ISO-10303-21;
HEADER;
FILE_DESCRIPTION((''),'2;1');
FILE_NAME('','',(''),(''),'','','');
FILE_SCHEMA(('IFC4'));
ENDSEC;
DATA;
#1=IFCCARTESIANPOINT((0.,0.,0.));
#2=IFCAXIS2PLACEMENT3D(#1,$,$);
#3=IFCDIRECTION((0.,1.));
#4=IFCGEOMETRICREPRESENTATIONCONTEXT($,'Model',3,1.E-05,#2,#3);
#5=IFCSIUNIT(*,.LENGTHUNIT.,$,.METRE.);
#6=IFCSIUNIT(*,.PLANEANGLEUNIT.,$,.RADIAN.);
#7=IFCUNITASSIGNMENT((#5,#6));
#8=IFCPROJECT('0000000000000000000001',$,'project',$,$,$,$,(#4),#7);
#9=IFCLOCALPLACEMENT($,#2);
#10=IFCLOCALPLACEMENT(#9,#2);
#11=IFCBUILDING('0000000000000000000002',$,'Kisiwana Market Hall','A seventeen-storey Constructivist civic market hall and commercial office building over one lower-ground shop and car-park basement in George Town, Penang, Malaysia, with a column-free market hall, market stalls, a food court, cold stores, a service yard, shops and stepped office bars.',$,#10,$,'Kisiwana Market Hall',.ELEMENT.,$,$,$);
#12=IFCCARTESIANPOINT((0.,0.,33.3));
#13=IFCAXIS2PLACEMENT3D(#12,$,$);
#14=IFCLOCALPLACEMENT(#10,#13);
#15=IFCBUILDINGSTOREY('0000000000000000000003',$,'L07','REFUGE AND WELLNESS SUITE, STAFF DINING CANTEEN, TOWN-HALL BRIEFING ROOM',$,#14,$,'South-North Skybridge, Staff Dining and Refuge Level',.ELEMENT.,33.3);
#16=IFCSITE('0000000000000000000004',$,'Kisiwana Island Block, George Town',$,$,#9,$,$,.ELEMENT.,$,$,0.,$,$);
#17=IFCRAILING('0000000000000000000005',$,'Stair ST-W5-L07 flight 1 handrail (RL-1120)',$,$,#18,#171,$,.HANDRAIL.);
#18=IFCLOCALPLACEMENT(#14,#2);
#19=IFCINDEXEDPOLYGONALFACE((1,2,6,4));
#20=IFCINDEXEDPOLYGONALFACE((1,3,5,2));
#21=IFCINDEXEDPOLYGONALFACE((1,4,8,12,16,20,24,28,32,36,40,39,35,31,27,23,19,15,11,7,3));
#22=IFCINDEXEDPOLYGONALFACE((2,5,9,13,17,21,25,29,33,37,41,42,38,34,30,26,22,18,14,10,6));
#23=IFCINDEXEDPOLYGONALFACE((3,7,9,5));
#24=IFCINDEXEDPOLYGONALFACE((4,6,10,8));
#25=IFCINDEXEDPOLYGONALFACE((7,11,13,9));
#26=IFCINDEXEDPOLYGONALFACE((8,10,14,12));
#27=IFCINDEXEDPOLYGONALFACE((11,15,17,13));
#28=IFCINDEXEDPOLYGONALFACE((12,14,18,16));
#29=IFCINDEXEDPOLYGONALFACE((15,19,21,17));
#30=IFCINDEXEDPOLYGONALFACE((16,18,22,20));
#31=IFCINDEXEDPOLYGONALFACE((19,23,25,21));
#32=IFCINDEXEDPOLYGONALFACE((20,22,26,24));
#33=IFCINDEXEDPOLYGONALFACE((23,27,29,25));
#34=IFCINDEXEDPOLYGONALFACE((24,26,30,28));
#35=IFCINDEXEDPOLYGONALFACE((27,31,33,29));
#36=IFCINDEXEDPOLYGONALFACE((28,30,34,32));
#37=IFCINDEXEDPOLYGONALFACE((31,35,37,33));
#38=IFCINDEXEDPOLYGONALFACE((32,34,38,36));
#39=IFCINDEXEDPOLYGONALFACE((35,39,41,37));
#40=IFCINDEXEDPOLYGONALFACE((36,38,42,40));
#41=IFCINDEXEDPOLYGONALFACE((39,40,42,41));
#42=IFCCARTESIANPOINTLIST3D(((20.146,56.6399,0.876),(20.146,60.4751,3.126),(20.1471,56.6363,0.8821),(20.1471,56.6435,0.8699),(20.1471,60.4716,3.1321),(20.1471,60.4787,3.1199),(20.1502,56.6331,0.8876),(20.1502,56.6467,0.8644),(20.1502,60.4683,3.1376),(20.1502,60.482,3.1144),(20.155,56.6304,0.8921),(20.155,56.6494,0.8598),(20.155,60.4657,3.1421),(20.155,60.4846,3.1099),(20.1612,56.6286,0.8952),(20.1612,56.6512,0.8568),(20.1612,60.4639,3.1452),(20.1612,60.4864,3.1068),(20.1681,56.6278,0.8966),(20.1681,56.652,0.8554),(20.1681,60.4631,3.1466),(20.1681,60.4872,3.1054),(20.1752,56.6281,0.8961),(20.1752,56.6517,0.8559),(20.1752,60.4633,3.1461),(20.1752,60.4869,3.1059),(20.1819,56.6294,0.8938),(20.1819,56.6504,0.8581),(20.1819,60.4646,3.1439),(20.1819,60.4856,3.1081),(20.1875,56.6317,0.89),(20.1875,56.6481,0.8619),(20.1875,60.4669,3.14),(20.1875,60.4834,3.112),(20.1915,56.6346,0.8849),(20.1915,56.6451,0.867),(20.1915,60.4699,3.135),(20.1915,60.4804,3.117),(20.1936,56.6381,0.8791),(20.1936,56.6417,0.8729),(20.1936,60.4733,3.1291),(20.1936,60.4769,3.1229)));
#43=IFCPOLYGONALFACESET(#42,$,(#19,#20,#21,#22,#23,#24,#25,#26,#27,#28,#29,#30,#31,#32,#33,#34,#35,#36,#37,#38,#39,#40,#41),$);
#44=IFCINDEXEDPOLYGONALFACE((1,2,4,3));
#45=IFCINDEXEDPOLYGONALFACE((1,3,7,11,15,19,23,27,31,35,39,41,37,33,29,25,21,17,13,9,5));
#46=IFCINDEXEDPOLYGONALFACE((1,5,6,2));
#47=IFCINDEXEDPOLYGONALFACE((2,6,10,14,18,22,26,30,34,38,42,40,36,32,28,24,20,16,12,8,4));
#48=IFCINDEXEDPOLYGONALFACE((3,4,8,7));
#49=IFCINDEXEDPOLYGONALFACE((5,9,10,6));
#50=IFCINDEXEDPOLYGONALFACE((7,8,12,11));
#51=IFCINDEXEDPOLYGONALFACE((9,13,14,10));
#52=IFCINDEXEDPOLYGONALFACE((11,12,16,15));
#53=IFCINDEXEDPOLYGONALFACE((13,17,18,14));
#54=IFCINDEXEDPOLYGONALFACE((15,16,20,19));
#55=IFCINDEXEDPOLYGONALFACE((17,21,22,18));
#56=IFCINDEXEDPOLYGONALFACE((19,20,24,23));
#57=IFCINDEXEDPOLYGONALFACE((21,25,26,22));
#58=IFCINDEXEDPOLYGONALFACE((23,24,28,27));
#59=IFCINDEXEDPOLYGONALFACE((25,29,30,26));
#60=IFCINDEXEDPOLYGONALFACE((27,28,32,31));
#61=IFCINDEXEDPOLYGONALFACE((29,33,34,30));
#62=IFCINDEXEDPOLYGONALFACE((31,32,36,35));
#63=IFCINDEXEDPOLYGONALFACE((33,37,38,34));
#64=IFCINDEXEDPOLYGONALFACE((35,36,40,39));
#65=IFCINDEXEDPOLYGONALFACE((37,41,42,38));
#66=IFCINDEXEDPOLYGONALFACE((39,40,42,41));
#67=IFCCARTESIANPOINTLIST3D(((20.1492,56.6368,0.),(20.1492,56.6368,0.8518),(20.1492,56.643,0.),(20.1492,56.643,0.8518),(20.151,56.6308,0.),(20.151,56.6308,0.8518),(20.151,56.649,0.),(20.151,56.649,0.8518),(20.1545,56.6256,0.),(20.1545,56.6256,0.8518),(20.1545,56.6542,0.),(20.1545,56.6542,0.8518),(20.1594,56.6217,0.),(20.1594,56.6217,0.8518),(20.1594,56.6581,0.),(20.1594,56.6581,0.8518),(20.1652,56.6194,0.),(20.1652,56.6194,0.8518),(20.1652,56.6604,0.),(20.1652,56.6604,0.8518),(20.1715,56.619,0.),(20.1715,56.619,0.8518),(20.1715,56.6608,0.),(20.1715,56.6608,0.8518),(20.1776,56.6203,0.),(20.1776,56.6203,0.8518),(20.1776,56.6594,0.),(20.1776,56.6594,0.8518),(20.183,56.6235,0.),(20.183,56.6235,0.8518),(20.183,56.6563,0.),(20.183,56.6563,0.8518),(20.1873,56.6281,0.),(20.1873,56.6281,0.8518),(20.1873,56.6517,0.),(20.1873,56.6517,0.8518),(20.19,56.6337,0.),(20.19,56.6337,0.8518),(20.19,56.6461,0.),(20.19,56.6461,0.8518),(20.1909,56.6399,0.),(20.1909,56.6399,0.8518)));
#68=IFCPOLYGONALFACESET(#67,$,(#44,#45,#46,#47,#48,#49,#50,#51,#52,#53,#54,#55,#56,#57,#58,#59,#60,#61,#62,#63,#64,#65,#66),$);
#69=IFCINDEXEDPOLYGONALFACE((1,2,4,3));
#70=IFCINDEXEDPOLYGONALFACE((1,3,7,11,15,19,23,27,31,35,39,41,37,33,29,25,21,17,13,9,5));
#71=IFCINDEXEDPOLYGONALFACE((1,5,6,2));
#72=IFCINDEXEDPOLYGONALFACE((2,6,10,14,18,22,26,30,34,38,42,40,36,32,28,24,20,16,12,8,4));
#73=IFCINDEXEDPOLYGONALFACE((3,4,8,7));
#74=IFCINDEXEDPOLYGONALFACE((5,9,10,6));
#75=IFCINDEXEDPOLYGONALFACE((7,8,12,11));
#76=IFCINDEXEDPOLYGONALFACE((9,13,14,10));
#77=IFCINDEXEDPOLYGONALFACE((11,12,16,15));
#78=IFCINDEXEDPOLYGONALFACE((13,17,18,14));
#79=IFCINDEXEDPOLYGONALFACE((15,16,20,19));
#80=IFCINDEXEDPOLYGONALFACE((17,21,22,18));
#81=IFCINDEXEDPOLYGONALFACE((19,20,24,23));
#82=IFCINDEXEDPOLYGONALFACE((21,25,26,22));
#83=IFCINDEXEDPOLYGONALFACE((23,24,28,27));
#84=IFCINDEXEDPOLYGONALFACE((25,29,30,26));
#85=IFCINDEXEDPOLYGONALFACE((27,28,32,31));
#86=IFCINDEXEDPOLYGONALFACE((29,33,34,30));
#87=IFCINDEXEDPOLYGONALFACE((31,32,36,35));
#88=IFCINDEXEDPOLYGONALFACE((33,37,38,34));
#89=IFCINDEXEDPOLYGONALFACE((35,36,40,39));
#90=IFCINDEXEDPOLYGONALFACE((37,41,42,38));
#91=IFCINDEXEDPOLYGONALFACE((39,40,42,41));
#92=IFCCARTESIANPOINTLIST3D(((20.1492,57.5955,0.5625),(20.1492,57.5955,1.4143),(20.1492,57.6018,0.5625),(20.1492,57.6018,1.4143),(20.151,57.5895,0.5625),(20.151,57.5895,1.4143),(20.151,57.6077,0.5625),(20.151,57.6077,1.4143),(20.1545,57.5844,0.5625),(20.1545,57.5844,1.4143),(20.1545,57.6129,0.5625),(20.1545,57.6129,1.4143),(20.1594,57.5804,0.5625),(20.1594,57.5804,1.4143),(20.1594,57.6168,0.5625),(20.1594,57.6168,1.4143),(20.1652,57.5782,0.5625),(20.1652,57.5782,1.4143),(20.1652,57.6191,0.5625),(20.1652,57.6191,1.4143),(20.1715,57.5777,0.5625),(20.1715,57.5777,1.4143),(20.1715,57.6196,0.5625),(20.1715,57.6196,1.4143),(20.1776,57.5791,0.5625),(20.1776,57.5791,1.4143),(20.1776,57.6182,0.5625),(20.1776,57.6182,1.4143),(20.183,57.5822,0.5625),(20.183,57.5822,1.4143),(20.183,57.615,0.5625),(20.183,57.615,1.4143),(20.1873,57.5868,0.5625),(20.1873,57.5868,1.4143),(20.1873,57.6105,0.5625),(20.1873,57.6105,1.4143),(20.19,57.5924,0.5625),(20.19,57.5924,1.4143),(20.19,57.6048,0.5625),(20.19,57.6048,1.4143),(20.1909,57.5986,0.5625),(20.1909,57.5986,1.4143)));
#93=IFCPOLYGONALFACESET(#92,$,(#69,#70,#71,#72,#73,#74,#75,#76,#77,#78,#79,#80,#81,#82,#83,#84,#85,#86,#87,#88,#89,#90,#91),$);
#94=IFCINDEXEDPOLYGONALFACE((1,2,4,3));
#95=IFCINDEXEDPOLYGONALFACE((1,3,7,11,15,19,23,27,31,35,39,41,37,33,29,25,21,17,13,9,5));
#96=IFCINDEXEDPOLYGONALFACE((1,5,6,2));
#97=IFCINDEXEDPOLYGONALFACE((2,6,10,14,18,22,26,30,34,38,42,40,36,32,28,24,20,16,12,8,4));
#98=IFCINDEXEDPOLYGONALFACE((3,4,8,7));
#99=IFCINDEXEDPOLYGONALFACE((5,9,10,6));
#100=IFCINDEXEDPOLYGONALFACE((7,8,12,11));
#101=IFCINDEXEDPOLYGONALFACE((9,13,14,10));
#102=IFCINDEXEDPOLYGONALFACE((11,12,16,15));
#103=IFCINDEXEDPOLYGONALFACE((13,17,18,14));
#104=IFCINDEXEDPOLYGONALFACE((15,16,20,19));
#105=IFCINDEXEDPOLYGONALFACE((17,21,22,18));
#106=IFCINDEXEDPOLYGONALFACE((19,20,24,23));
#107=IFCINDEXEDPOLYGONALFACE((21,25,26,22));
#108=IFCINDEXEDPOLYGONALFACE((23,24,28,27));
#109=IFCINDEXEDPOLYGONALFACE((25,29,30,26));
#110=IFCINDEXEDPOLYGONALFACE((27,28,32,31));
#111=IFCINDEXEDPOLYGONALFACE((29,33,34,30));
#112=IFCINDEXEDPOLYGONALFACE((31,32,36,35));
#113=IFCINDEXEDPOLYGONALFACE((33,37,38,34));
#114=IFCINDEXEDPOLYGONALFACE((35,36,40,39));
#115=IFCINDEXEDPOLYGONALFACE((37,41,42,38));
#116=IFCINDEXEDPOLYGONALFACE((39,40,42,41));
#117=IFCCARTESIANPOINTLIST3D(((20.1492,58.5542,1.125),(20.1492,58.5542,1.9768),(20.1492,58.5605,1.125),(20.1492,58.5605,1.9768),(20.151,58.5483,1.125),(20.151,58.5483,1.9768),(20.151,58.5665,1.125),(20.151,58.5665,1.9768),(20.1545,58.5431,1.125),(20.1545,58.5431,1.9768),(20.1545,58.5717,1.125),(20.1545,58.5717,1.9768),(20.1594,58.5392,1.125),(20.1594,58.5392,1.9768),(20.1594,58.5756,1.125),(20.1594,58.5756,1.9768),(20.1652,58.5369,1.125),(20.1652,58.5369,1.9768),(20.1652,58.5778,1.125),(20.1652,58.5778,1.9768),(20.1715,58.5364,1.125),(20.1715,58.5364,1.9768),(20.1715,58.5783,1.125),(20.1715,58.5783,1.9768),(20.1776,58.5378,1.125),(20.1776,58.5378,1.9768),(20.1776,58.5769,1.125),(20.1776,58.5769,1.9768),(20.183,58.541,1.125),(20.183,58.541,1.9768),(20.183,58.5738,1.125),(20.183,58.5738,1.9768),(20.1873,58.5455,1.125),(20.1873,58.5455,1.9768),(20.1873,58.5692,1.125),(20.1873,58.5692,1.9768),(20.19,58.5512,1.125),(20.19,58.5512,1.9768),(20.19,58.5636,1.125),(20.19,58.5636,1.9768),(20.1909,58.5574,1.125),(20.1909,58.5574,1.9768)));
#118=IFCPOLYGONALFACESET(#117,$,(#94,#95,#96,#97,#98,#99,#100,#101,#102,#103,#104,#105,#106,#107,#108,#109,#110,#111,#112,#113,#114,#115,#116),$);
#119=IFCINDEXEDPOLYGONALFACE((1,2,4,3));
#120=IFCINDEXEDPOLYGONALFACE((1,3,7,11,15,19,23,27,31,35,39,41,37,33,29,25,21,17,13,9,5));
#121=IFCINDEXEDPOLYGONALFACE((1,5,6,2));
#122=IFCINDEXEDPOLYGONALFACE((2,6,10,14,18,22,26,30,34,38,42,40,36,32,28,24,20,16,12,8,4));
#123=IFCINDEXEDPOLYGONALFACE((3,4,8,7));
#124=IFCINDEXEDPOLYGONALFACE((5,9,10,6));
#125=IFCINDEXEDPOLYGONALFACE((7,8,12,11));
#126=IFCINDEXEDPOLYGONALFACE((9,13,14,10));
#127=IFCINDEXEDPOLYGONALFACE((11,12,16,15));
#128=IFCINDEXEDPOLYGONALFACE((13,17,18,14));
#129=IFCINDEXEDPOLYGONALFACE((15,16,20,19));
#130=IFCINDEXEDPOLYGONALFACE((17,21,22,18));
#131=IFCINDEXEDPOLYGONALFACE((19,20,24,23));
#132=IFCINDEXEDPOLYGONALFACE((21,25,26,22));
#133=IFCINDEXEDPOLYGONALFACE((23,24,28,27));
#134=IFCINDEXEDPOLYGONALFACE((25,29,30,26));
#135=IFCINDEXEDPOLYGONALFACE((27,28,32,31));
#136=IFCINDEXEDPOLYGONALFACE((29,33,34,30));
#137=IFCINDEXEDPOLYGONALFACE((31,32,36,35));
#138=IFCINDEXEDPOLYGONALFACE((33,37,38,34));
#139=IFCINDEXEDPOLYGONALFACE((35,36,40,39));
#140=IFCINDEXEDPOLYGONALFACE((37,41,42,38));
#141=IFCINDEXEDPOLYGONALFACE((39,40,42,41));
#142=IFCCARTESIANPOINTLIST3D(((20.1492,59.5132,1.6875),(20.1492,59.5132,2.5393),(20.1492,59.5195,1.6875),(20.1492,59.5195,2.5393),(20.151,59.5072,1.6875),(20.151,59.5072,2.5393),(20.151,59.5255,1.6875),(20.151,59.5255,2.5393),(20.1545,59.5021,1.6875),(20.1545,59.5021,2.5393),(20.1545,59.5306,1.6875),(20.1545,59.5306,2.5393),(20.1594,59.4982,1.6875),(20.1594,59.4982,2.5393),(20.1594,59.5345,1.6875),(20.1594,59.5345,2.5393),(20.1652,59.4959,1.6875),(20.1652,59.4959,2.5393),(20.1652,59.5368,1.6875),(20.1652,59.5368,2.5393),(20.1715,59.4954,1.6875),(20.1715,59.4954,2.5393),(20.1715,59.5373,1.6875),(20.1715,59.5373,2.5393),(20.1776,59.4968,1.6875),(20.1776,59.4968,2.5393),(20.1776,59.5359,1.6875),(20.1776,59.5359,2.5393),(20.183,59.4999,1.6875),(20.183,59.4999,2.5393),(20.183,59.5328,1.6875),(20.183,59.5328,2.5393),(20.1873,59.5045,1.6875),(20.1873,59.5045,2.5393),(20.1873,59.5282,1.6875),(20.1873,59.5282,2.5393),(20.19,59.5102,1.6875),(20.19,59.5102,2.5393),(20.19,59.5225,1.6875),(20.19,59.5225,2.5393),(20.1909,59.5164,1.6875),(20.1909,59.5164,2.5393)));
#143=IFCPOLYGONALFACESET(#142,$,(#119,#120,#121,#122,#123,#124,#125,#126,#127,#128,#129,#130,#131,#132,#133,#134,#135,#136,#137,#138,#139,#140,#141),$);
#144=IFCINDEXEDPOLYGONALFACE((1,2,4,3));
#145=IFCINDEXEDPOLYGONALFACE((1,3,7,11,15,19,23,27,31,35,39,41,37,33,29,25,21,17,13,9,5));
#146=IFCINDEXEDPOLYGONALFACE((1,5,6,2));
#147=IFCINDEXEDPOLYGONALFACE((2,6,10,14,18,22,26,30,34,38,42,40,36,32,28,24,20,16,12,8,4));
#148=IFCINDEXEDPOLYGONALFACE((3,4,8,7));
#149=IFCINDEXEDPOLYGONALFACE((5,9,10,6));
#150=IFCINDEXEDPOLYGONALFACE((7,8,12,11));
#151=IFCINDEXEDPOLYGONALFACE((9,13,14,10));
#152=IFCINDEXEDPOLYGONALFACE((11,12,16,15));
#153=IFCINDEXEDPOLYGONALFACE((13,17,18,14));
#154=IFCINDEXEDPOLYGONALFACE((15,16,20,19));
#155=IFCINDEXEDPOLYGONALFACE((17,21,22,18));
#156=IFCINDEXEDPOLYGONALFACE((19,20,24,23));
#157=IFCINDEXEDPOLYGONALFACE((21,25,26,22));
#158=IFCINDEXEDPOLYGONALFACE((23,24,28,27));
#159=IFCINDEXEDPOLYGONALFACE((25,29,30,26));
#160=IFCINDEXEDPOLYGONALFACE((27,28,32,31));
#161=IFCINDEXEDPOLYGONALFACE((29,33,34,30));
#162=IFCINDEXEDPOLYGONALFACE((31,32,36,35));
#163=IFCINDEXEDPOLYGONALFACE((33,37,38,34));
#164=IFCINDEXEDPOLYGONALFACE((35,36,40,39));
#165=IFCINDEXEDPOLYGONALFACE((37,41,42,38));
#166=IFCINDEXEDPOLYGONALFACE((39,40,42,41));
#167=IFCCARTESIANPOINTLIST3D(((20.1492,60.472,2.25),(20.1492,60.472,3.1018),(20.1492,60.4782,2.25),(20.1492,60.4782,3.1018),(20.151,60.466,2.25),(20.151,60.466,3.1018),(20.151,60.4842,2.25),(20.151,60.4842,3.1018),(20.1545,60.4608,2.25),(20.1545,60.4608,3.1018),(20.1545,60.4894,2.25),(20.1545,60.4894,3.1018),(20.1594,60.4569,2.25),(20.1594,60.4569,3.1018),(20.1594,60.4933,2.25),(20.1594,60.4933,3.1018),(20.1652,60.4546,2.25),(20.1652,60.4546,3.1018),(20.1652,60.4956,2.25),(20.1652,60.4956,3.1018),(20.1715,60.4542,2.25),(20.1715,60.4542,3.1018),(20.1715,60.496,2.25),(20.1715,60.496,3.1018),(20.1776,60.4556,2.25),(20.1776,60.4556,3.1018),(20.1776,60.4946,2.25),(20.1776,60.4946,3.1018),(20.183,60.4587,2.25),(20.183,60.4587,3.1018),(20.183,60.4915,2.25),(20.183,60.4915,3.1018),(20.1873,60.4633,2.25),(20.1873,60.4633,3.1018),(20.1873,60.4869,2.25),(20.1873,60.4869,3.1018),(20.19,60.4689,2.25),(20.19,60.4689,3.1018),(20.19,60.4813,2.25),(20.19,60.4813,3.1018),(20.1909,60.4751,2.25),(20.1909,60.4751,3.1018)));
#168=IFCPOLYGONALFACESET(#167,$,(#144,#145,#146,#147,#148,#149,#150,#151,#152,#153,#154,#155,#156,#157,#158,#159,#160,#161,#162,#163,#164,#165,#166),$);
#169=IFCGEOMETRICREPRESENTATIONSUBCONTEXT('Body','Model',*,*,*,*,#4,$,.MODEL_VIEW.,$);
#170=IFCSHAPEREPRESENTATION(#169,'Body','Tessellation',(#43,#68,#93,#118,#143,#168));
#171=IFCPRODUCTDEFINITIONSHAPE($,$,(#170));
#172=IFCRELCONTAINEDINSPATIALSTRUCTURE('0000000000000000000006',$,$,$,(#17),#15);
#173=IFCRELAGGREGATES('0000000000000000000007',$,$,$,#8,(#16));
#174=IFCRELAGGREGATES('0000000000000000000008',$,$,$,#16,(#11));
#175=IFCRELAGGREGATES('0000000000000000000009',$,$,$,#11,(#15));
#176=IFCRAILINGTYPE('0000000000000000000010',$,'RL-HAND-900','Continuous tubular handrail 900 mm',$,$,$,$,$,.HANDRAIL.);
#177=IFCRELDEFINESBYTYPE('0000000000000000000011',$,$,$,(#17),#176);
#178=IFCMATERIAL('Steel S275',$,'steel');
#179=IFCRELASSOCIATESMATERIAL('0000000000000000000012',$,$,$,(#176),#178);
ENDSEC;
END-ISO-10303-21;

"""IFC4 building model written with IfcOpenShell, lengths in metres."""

from ifc_helpers import new_model, si_unit, direction, frame, origin, origin_2d, place, context, subcontext, project, spatial, circle, extrude, material, type_object, element, save


model = new_model("IFC4")

# Units and contexts
model_context = context("Model", 3, precision=1e-05, world=origin(), true_north=direction((0.0, 1.0)))
body_context = subcontext(model_context, "Body", "Model", "MODEL_VIEW")
ifc_project = project(units=[si_unit("LENGTHUNIT", "METRE"), si_unit("PLANEANGLEUNIT", "RADIAN")], contexts=[model_context])

# Site, building, storey
site_placement = place(None, origin())
site = spatial("IfcSite", under=ifc_project, at=site_placement, Name="Kisiwana Island Block, George Town", CompositionType="ELEMENT", RefElevation=0.0)
building_placement = place(site_placement, origin())
building = spatial("IfcBuilding", under=site, at=building_placement, Name="Kisiwana Market Hall", Description="A seventeen-storey Constructivist civic market hall and commercial office building over one lower-ground shop and car-park basement in George Town, Penang, Malaysia, with a column-free market hall, market stalls, a food court, cold stores, a service yard, shops and stepped office bars.", LongName="Kisiwana Market Hall", CompositionType="ELEMENT")
storey_placement = place(building_placement, frame((0.0, 0.0, 33.3)))
storey = spatial("IfcBuildingStorey", under=building, at=storey_placement, Name="L07", Description="REFUGE AND WELLNESS SUITE, STAFF DINING CANTEEN, TOWN-HALL BRIEFING ROOM", LongName="South-North Skybridge, Staff Dining and Refuge Level", CompositionType="ELEMENT", Elevation=33.3)

# Railing
ifc_material_1 = material(Name="Steel S275", Category="steel")
railing_type_1 = type_object("IfcRailingType", Name="RL-HAND-900", Description="Continuous tubular handrail 900 mm", PredefinedType="HANDRAIL", material=ifc_material_1)
for number, where, name in (
    (1, (20.1699, 56.6399, 0.0), "Stair ST-W5-L07 flight 1 handrail (RL-1120)"),
):
    element("IfcRailing", number, at=place(storey_placement, frame(where)), inside=storey, type_object=railing_type_1, Name=name, PredefinedType="HANDRAIL", context=body_context, shape_type="SweptSolid", body=[
        extrude(circle(Radius=0.0239, at=origin_2d()), frame((0.0, 0.0, 0.876), z_axis=(0.0, 0.862524, 0.506017), x_axis=(-1.0, 0.0, 0.0)), (0.0, 0.0, 1.0), 4.4465),
        extrude(circle(Radius=0.021, at=origin_2d()), origin(), (0.0, 0.0, 1.0), 0.8518),
        extrude(circle(Radius=0.021, at=origin_2d()), frame((0.0, 0.9587, 0.5625)), (0.0, 0.0, 1.0), 0.8518),
        extrude(circle(Radius=0.021, at=origin_2d()), frame((0.0, 1.9175, 1.125)), (0.0, 0.0, 1.0), 0.8518),
        extrude(circle(Radius=0.021, at=origin_2d()), frame((0.0, 2.8765, 1.6875)), (0.0, 0.0, 1.0), 0.8518),
        extrude(circle(Radius=0.021, at=origin_2d()), frame((0.0, 3.8352, 2.25)), (0.0, 0.0, 1.0), 0.8518),
    ])

save(model, "model.ifc")
